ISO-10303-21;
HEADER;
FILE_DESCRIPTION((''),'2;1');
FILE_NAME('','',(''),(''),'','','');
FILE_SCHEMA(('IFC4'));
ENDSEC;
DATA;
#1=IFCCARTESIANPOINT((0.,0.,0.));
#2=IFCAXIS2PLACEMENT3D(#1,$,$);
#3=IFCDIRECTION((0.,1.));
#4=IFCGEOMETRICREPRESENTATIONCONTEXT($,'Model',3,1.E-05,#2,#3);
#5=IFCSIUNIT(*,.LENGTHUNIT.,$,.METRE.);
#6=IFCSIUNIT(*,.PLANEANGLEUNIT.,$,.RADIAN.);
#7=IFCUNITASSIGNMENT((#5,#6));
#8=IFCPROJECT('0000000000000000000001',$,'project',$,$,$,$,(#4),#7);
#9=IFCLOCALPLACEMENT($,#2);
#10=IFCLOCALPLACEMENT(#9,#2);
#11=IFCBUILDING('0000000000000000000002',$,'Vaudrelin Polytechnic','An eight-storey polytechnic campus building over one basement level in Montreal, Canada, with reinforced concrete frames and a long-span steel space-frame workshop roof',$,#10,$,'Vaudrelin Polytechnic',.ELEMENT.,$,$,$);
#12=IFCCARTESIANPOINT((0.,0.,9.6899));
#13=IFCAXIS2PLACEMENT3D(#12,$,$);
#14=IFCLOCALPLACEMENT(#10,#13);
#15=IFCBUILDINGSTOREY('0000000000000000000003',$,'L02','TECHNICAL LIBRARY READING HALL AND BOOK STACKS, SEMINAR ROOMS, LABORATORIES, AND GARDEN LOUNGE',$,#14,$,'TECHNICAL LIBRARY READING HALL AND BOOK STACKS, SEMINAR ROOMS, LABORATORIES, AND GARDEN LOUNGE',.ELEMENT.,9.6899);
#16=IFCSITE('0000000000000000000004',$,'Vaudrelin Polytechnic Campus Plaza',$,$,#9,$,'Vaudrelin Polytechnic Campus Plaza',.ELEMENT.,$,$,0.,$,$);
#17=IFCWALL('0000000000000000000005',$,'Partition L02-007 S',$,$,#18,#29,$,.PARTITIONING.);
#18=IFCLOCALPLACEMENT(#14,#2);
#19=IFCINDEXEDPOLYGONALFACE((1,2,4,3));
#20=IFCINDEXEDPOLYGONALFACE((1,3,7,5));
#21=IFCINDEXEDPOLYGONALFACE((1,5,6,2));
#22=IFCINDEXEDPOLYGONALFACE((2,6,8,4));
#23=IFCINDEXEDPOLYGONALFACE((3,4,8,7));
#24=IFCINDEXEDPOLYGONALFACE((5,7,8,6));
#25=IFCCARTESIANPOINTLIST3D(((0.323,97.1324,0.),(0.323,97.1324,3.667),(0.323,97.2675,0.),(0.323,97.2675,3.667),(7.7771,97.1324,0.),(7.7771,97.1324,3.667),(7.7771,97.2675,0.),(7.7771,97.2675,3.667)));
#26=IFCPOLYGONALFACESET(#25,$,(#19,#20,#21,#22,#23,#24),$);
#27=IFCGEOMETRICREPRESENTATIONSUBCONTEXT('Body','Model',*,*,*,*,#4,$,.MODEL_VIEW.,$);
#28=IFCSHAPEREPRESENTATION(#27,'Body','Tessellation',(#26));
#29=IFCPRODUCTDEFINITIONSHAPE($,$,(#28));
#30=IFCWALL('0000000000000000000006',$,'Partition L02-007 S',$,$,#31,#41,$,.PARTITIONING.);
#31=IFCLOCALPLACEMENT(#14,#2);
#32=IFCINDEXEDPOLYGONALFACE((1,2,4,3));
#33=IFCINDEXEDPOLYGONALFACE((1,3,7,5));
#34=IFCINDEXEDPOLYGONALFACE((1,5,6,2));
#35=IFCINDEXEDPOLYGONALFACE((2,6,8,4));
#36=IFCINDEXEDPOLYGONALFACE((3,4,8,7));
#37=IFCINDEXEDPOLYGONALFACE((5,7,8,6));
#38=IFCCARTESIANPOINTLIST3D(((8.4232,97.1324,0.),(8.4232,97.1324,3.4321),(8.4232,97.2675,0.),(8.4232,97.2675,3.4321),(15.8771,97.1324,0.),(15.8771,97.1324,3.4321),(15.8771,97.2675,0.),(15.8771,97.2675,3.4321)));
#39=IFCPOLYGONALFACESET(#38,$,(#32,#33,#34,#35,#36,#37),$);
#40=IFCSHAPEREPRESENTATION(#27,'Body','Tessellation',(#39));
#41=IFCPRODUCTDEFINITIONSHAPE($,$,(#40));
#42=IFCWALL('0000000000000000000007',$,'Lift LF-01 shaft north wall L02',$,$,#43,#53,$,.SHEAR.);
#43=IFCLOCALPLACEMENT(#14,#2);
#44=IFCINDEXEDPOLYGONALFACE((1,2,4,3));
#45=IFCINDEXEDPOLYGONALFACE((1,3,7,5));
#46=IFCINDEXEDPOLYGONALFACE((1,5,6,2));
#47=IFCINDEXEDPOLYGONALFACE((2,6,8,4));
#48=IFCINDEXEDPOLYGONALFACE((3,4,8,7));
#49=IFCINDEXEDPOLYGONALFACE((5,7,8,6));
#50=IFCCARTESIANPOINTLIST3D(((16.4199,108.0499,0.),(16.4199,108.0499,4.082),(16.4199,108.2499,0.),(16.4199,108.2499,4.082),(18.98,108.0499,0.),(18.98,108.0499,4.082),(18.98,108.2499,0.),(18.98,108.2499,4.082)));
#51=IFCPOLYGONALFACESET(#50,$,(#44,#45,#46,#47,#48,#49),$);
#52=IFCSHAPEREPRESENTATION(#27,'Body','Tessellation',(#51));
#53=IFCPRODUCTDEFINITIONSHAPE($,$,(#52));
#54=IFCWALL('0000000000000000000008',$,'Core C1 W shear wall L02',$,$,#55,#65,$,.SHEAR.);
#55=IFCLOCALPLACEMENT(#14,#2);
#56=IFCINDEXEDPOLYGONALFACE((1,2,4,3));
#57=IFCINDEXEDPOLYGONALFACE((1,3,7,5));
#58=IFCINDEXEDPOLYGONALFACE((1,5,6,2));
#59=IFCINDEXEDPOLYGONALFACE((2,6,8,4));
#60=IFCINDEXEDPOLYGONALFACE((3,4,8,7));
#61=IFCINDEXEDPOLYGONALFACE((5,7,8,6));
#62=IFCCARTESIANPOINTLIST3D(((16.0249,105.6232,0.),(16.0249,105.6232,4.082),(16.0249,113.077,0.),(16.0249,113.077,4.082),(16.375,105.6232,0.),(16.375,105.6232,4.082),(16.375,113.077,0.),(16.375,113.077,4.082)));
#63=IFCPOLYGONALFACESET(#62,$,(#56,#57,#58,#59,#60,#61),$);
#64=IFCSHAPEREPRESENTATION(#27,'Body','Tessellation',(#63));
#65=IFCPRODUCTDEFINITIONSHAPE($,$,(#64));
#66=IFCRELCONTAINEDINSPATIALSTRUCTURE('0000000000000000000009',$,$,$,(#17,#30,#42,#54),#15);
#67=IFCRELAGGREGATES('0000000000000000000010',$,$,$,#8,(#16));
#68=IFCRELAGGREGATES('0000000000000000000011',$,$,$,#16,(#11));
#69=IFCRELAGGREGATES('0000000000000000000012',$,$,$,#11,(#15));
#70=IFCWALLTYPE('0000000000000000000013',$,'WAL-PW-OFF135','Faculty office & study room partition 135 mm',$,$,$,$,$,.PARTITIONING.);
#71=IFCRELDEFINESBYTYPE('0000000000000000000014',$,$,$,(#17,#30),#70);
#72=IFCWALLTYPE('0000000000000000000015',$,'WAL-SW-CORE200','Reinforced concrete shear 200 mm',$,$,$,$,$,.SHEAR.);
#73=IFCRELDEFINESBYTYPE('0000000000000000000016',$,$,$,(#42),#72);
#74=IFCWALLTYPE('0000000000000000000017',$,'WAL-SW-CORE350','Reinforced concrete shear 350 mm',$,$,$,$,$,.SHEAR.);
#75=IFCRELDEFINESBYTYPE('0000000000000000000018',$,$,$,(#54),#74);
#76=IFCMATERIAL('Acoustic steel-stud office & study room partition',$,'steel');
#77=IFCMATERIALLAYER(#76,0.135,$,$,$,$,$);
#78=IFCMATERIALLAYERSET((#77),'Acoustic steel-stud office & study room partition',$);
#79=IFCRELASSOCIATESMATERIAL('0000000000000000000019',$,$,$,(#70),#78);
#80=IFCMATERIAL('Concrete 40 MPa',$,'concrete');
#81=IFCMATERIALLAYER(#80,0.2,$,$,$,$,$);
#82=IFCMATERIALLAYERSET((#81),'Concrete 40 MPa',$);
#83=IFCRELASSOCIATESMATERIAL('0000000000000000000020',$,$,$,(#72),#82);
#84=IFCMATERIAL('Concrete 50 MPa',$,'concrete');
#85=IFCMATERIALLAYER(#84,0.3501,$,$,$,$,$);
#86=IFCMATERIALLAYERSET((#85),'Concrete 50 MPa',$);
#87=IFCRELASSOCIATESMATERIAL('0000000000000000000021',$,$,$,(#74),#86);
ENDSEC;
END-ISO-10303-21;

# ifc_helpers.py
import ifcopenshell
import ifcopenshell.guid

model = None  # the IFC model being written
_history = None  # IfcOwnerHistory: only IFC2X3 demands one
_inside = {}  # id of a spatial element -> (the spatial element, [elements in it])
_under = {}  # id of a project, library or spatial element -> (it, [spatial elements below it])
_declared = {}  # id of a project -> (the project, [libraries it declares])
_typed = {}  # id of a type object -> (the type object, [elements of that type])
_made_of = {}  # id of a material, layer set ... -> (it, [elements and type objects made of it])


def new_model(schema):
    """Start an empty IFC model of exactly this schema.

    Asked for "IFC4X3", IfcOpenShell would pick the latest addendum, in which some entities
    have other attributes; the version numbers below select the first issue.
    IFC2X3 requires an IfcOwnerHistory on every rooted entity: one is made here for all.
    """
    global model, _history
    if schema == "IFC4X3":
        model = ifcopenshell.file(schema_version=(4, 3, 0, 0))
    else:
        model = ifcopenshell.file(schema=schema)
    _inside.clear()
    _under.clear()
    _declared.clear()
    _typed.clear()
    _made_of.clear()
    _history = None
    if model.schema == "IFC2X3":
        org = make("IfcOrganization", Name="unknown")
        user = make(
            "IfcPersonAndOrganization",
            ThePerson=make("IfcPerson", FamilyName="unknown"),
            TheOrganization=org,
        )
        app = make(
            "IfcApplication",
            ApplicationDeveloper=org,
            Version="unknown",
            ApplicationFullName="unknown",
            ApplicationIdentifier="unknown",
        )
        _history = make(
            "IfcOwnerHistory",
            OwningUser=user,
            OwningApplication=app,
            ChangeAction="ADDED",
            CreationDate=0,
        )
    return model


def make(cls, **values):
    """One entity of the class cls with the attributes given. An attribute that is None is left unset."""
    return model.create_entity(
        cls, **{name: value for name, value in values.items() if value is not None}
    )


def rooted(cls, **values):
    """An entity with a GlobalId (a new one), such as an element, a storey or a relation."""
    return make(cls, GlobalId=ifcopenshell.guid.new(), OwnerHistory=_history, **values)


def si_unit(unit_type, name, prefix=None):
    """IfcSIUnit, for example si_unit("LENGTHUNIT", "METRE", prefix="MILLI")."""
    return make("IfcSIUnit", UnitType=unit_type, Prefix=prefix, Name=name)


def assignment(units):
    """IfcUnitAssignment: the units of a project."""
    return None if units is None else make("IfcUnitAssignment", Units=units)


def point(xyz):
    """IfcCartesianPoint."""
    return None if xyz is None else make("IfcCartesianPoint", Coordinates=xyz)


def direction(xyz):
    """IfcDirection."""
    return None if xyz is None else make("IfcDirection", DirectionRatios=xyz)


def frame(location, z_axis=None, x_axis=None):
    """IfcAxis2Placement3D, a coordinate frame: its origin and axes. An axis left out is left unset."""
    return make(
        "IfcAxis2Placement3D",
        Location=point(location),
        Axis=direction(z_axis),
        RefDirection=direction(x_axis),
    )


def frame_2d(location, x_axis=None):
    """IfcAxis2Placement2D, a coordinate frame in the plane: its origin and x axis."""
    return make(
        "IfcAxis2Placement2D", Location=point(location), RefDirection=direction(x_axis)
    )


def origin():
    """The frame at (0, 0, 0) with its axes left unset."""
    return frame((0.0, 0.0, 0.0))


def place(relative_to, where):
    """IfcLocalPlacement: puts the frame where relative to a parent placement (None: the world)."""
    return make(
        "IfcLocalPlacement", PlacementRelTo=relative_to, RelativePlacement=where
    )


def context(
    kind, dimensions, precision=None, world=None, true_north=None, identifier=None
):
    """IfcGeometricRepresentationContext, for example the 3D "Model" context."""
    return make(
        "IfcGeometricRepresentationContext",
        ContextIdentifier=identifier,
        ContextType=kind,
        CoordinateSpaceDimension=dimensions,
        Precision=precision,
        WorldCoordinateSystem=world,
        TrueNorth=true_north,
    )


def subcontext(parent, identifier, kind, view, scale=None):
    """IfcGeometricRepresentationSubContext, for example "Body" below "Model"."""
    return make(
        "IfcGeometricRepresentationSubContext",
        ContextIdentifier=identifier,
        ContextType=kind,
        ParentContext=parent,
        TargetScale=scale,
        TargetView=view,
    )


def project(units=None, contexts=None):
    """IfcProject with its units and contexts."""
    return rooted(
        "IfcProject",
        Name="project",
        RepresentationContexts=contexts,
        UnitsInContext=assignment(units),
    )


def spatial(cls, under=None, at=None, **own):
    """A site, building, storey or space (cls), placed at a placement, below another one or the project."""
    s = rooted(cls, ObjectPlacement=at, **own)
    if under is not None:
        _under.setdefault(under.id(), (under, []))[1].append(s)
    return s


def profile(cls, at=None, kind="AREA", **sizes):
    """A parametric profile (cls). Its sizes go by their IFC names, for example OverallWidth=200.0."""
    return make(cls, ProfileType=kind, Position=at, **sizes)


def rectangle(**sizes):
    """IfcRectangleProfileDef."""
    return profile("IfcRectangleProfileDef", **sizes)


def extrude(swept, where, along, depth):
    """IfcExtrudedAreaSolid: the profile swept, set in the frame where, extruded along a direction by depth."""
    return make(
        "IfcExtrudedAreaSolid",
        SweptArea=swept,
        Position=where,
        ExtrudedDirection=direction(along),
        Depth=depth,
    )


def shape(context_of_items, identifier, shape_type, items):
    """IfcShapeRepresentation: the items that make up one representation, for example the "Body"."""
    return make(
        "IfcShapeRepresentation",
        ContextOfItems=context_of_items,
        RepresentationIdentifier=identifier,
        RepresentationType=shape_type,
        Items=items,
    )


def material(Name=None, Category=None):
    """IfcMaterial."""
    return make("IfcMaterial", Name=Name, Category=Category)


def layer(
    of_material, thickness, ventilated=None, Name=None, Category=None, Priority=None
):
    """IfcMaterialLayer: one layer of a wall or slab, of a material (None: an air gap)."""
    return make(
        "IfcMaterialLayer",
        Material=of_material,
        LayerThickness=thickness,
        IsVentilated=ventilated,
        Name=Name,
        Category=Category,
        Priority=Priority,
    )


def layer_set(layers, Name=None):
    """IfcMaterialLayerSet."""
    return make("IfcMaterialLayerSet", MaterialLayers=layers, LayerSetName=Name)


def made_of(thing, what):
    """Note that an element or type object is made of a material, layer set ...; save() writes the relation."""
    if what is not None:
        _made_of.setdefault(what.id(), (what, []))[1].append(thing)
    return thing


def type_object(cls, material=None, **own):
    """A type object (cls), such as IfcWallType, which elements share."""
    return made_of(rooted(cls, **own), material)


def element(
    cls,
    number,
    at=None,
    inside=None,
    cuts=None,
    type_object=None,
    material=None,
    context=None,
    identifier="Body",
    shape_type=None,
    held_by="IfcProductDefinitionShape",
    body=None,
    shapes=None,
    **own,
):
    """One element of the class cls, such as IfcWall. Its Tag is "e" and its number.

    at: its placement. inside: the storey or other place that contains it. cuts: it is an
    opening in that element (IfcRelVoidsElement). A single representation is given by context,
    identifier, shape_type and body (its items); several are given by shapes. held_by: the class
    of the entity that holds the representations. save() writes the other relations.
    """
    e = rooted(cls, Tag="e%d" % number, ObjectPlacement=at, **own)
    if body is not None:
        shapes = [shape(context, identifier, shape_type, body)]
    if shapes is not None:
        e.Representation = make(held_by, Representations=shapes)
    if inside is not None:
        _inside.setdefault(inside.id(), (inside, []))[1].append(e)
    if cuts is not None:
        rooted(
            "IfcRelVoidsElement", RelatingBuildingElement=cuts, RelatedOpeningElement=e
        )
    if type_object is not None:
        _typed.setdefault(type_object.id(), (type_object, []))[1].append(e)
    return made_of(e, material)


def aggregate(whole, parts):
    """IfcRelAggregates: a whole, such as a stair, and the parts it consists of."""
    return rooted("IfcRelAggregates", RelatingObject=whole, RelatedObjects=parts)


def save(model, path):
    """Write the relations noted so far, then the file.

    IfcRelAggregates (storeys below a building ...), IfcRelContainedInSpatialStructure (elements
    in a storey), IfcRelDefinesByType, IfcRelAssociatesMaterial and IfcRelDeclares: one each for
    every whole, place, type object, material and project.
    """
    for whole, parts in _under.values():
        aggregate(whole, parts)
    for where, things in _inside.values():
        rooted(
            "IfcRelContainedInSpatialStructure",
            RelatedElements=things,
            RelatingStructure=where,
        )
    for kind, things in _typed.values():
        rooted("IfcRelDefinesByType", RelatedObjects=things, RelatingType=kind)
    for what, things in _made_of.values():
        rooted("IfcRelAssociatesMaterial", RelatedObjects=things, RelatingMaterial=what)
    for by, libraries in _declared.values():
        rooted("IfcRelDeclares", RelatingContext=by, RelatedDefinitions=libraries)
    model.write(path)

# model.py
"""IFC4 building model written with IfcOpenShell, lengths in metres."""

from ifc_helpers import new_model, si_unit, direction, frame, frame_2d, origin, place, context, subcontext, project, spatial, rectangle, extrude, material, layer, layer_set, type_object, element, save


model = new_model("IFC4")

# Units and contexts
model_context = context("Model", 3, precision=1e-05, world=origin(), true_north=direction((0.0, 1.0)))
body_context = subcontext(model_context, "Body", "Model", "MODEL_VIEW")
ifc_project = project(units=[si_unit("LENGTHUNIT", "METRE"), si_unit("PLANEANGLEUNIT", "RADIAN")], contexts=[model_context])

# Site, building, storey
site_placement = place(None, origin())
site = spatial("IfcSite", under=ifc_project, at=site_placement, Name="Vaudrelin Polytechnic Campus Plaza", LongName="Vaudrelin Polytechnic Campus Plaza", CompositionType="ELEMENT", RefElevation=0.0)
building_placement = place(site_placement, origin())
building = spatial("IfcBuilding", under=site, at=building_placement, Name="Vaudrelin Polytechnic", Description="An eight-storey polytechnic campus building over one basement level in Montreal, Canada, with reinforced concrete frames and a long-span steel space-frame workshop roof", LongName="Vaudrelin Polytechnic", CompositionType="ELEMENT")
storey_placement = place(building_placement, frame((0.0, 0.0, 9.6899)))
storey = spatial("IfcBuildingStorey", under=building, at=storey_placement, Name="L02", Description="TECHNICAL LIBRARY READING HALL AND BOOK STACKS, SEMINAR ROOMS, LABORATORIES, AND GARDEN LOUNGE", LongName="TECHNICAL LIBRARY READING HALL AND BOOK STACKS, SEMINAR ROOMS, LABORATORIES, AND GARDEN LOUNGE", CompositionType="ELEMENT", Elevation=9.6899)

# Shared definitions
ifc_material_1 = material(Name="Concrete 40 MPa", Category="concrete")

# Shared definitions
ifc_material_2 = material(Name="Concrete 50 MPa", Category="concrete")

# Shared definitions
ifc_material_3 = material(Name="Acoustic steel-stud office & study room partition", Category="steel")
ifc_layer_1 = layer(ifc_material_3, 0.135)
ifc_layer_set_1 = layer_set([ifc_layer_1], Name="Acoustic steel-stud office & study room partition")
wall_type_1 = type_object("IfcWallType", Name="WAL-PW-OFF135", Description="Faculty office & study room partition 135 mm", PredefinedType="PARTITIONING", material=ifc_layer_set_1)

# Walls
wall_1_placement = place(storey_placement, frame((0.323, 97.2, 0.0), z_axis=(0.0, 0.0, 1.0), x_axis=(1.0, 0.0, 0.0)))
element("IfcWall", 1, at=wall_1_placement, inside=storey, type_object=wall_type_1, Name="Partition L02-007 S", PredefinedType="PARTITIONING", context=body_context, shape_type="SweptSolid", body=[
    extrude(rectangle(XDim=7.4541, YDim=0.135, at=frame_2d((3.7271, 0.0))), origin(), (0.0, 0.0, 1.0), 3.667),
])
wall_2_placement = place(storey_placement, frame((8.4231, 97.2, 0.0), z_axis=(0.0, 0.0, 1.0), x_axis=(1.0, 0.0, 0.0)))
element("IfcWall", 2, at=wall_2_placement, inside=storey, type_object=wall_type_1, Name="Partition L02-007 S", PredefinedType="PARTITIONING", context=body_context, shape_type="SweptSolid", body=[
    extrude(rectangle(XDim=7.4539, YDim=0.135, at=frame_2d((3.7271, 0.0))), origin(), (0.0, 0.0, 1.0), 3.4321),
])
ifc_layer_2 = layer(ifc_material_1, 0.2)
ifc_layer_set_2 = layer_set([ifc_layer_2], Name="Concrete 40 MPa")
wall_type_2 = type_object("IfcWallType", Name="WAL-SW-CORE200", Description="Reinforced concrete shear 200 mm", PredefinedType="SHEAR", material=ifc_layer_set_2)
wall_3_placement = place(storey_placement, frame((16.4199, 108.1499, 0.0), z_axis=(0.0, 0.0, 1.0), x_axis=(1.0, 0.0, 0.0)))
element("IfcWall", 3, at=wall_3_placement, inside=storey, type_object=wall_type_2, Name="Lift LF-01 shaft north wall L02", PredefinedType="SHEAR", context=body_context, shape_type="SweptSolid", body=[
    extrude(rectangle(XDim=2.5601, YDim=0.2, at=frame_2d((1.28, 0.0))), origin(), (0.0, 0.0, 1.0), 4.082),
])
ifc_layer_3 = layer(ifc_material_2, 0.3501)
ifc_layer_set_3 = layer_set([ifc_layer_3], Name="Concrete 50 MPa")
wall_type_3 = type_object("IfcWallType", Name="WAL-SW-CORE350", Description="Reinforced concrete shear 350 mm", PredefinedType="SHEAR", material=ifc_layer_set_3)
wall_4_placement = place(storey_placement, frame((16.2, 105.623, 0.0), z_axis=(0.0, 0.0, 1.0), x_axis=(0.0, 1.0, 0.0)))
element("IfcWall", 4, at=wall_4_placement, inside=storey, type_object=wall_type_3, Name="Core C1 W shear wall L02", PredefinedType="SHEAR", context=body_context, shape_type="SweptSolid", body=[
    extrude(rectangle(XDim=7.4539, YDim=0.3501, at=frame_2d((3.7271, 0.0))), origin(), (0.0, 0.0, 1.0), 4.082),
])

save(model, "model.ifc")
